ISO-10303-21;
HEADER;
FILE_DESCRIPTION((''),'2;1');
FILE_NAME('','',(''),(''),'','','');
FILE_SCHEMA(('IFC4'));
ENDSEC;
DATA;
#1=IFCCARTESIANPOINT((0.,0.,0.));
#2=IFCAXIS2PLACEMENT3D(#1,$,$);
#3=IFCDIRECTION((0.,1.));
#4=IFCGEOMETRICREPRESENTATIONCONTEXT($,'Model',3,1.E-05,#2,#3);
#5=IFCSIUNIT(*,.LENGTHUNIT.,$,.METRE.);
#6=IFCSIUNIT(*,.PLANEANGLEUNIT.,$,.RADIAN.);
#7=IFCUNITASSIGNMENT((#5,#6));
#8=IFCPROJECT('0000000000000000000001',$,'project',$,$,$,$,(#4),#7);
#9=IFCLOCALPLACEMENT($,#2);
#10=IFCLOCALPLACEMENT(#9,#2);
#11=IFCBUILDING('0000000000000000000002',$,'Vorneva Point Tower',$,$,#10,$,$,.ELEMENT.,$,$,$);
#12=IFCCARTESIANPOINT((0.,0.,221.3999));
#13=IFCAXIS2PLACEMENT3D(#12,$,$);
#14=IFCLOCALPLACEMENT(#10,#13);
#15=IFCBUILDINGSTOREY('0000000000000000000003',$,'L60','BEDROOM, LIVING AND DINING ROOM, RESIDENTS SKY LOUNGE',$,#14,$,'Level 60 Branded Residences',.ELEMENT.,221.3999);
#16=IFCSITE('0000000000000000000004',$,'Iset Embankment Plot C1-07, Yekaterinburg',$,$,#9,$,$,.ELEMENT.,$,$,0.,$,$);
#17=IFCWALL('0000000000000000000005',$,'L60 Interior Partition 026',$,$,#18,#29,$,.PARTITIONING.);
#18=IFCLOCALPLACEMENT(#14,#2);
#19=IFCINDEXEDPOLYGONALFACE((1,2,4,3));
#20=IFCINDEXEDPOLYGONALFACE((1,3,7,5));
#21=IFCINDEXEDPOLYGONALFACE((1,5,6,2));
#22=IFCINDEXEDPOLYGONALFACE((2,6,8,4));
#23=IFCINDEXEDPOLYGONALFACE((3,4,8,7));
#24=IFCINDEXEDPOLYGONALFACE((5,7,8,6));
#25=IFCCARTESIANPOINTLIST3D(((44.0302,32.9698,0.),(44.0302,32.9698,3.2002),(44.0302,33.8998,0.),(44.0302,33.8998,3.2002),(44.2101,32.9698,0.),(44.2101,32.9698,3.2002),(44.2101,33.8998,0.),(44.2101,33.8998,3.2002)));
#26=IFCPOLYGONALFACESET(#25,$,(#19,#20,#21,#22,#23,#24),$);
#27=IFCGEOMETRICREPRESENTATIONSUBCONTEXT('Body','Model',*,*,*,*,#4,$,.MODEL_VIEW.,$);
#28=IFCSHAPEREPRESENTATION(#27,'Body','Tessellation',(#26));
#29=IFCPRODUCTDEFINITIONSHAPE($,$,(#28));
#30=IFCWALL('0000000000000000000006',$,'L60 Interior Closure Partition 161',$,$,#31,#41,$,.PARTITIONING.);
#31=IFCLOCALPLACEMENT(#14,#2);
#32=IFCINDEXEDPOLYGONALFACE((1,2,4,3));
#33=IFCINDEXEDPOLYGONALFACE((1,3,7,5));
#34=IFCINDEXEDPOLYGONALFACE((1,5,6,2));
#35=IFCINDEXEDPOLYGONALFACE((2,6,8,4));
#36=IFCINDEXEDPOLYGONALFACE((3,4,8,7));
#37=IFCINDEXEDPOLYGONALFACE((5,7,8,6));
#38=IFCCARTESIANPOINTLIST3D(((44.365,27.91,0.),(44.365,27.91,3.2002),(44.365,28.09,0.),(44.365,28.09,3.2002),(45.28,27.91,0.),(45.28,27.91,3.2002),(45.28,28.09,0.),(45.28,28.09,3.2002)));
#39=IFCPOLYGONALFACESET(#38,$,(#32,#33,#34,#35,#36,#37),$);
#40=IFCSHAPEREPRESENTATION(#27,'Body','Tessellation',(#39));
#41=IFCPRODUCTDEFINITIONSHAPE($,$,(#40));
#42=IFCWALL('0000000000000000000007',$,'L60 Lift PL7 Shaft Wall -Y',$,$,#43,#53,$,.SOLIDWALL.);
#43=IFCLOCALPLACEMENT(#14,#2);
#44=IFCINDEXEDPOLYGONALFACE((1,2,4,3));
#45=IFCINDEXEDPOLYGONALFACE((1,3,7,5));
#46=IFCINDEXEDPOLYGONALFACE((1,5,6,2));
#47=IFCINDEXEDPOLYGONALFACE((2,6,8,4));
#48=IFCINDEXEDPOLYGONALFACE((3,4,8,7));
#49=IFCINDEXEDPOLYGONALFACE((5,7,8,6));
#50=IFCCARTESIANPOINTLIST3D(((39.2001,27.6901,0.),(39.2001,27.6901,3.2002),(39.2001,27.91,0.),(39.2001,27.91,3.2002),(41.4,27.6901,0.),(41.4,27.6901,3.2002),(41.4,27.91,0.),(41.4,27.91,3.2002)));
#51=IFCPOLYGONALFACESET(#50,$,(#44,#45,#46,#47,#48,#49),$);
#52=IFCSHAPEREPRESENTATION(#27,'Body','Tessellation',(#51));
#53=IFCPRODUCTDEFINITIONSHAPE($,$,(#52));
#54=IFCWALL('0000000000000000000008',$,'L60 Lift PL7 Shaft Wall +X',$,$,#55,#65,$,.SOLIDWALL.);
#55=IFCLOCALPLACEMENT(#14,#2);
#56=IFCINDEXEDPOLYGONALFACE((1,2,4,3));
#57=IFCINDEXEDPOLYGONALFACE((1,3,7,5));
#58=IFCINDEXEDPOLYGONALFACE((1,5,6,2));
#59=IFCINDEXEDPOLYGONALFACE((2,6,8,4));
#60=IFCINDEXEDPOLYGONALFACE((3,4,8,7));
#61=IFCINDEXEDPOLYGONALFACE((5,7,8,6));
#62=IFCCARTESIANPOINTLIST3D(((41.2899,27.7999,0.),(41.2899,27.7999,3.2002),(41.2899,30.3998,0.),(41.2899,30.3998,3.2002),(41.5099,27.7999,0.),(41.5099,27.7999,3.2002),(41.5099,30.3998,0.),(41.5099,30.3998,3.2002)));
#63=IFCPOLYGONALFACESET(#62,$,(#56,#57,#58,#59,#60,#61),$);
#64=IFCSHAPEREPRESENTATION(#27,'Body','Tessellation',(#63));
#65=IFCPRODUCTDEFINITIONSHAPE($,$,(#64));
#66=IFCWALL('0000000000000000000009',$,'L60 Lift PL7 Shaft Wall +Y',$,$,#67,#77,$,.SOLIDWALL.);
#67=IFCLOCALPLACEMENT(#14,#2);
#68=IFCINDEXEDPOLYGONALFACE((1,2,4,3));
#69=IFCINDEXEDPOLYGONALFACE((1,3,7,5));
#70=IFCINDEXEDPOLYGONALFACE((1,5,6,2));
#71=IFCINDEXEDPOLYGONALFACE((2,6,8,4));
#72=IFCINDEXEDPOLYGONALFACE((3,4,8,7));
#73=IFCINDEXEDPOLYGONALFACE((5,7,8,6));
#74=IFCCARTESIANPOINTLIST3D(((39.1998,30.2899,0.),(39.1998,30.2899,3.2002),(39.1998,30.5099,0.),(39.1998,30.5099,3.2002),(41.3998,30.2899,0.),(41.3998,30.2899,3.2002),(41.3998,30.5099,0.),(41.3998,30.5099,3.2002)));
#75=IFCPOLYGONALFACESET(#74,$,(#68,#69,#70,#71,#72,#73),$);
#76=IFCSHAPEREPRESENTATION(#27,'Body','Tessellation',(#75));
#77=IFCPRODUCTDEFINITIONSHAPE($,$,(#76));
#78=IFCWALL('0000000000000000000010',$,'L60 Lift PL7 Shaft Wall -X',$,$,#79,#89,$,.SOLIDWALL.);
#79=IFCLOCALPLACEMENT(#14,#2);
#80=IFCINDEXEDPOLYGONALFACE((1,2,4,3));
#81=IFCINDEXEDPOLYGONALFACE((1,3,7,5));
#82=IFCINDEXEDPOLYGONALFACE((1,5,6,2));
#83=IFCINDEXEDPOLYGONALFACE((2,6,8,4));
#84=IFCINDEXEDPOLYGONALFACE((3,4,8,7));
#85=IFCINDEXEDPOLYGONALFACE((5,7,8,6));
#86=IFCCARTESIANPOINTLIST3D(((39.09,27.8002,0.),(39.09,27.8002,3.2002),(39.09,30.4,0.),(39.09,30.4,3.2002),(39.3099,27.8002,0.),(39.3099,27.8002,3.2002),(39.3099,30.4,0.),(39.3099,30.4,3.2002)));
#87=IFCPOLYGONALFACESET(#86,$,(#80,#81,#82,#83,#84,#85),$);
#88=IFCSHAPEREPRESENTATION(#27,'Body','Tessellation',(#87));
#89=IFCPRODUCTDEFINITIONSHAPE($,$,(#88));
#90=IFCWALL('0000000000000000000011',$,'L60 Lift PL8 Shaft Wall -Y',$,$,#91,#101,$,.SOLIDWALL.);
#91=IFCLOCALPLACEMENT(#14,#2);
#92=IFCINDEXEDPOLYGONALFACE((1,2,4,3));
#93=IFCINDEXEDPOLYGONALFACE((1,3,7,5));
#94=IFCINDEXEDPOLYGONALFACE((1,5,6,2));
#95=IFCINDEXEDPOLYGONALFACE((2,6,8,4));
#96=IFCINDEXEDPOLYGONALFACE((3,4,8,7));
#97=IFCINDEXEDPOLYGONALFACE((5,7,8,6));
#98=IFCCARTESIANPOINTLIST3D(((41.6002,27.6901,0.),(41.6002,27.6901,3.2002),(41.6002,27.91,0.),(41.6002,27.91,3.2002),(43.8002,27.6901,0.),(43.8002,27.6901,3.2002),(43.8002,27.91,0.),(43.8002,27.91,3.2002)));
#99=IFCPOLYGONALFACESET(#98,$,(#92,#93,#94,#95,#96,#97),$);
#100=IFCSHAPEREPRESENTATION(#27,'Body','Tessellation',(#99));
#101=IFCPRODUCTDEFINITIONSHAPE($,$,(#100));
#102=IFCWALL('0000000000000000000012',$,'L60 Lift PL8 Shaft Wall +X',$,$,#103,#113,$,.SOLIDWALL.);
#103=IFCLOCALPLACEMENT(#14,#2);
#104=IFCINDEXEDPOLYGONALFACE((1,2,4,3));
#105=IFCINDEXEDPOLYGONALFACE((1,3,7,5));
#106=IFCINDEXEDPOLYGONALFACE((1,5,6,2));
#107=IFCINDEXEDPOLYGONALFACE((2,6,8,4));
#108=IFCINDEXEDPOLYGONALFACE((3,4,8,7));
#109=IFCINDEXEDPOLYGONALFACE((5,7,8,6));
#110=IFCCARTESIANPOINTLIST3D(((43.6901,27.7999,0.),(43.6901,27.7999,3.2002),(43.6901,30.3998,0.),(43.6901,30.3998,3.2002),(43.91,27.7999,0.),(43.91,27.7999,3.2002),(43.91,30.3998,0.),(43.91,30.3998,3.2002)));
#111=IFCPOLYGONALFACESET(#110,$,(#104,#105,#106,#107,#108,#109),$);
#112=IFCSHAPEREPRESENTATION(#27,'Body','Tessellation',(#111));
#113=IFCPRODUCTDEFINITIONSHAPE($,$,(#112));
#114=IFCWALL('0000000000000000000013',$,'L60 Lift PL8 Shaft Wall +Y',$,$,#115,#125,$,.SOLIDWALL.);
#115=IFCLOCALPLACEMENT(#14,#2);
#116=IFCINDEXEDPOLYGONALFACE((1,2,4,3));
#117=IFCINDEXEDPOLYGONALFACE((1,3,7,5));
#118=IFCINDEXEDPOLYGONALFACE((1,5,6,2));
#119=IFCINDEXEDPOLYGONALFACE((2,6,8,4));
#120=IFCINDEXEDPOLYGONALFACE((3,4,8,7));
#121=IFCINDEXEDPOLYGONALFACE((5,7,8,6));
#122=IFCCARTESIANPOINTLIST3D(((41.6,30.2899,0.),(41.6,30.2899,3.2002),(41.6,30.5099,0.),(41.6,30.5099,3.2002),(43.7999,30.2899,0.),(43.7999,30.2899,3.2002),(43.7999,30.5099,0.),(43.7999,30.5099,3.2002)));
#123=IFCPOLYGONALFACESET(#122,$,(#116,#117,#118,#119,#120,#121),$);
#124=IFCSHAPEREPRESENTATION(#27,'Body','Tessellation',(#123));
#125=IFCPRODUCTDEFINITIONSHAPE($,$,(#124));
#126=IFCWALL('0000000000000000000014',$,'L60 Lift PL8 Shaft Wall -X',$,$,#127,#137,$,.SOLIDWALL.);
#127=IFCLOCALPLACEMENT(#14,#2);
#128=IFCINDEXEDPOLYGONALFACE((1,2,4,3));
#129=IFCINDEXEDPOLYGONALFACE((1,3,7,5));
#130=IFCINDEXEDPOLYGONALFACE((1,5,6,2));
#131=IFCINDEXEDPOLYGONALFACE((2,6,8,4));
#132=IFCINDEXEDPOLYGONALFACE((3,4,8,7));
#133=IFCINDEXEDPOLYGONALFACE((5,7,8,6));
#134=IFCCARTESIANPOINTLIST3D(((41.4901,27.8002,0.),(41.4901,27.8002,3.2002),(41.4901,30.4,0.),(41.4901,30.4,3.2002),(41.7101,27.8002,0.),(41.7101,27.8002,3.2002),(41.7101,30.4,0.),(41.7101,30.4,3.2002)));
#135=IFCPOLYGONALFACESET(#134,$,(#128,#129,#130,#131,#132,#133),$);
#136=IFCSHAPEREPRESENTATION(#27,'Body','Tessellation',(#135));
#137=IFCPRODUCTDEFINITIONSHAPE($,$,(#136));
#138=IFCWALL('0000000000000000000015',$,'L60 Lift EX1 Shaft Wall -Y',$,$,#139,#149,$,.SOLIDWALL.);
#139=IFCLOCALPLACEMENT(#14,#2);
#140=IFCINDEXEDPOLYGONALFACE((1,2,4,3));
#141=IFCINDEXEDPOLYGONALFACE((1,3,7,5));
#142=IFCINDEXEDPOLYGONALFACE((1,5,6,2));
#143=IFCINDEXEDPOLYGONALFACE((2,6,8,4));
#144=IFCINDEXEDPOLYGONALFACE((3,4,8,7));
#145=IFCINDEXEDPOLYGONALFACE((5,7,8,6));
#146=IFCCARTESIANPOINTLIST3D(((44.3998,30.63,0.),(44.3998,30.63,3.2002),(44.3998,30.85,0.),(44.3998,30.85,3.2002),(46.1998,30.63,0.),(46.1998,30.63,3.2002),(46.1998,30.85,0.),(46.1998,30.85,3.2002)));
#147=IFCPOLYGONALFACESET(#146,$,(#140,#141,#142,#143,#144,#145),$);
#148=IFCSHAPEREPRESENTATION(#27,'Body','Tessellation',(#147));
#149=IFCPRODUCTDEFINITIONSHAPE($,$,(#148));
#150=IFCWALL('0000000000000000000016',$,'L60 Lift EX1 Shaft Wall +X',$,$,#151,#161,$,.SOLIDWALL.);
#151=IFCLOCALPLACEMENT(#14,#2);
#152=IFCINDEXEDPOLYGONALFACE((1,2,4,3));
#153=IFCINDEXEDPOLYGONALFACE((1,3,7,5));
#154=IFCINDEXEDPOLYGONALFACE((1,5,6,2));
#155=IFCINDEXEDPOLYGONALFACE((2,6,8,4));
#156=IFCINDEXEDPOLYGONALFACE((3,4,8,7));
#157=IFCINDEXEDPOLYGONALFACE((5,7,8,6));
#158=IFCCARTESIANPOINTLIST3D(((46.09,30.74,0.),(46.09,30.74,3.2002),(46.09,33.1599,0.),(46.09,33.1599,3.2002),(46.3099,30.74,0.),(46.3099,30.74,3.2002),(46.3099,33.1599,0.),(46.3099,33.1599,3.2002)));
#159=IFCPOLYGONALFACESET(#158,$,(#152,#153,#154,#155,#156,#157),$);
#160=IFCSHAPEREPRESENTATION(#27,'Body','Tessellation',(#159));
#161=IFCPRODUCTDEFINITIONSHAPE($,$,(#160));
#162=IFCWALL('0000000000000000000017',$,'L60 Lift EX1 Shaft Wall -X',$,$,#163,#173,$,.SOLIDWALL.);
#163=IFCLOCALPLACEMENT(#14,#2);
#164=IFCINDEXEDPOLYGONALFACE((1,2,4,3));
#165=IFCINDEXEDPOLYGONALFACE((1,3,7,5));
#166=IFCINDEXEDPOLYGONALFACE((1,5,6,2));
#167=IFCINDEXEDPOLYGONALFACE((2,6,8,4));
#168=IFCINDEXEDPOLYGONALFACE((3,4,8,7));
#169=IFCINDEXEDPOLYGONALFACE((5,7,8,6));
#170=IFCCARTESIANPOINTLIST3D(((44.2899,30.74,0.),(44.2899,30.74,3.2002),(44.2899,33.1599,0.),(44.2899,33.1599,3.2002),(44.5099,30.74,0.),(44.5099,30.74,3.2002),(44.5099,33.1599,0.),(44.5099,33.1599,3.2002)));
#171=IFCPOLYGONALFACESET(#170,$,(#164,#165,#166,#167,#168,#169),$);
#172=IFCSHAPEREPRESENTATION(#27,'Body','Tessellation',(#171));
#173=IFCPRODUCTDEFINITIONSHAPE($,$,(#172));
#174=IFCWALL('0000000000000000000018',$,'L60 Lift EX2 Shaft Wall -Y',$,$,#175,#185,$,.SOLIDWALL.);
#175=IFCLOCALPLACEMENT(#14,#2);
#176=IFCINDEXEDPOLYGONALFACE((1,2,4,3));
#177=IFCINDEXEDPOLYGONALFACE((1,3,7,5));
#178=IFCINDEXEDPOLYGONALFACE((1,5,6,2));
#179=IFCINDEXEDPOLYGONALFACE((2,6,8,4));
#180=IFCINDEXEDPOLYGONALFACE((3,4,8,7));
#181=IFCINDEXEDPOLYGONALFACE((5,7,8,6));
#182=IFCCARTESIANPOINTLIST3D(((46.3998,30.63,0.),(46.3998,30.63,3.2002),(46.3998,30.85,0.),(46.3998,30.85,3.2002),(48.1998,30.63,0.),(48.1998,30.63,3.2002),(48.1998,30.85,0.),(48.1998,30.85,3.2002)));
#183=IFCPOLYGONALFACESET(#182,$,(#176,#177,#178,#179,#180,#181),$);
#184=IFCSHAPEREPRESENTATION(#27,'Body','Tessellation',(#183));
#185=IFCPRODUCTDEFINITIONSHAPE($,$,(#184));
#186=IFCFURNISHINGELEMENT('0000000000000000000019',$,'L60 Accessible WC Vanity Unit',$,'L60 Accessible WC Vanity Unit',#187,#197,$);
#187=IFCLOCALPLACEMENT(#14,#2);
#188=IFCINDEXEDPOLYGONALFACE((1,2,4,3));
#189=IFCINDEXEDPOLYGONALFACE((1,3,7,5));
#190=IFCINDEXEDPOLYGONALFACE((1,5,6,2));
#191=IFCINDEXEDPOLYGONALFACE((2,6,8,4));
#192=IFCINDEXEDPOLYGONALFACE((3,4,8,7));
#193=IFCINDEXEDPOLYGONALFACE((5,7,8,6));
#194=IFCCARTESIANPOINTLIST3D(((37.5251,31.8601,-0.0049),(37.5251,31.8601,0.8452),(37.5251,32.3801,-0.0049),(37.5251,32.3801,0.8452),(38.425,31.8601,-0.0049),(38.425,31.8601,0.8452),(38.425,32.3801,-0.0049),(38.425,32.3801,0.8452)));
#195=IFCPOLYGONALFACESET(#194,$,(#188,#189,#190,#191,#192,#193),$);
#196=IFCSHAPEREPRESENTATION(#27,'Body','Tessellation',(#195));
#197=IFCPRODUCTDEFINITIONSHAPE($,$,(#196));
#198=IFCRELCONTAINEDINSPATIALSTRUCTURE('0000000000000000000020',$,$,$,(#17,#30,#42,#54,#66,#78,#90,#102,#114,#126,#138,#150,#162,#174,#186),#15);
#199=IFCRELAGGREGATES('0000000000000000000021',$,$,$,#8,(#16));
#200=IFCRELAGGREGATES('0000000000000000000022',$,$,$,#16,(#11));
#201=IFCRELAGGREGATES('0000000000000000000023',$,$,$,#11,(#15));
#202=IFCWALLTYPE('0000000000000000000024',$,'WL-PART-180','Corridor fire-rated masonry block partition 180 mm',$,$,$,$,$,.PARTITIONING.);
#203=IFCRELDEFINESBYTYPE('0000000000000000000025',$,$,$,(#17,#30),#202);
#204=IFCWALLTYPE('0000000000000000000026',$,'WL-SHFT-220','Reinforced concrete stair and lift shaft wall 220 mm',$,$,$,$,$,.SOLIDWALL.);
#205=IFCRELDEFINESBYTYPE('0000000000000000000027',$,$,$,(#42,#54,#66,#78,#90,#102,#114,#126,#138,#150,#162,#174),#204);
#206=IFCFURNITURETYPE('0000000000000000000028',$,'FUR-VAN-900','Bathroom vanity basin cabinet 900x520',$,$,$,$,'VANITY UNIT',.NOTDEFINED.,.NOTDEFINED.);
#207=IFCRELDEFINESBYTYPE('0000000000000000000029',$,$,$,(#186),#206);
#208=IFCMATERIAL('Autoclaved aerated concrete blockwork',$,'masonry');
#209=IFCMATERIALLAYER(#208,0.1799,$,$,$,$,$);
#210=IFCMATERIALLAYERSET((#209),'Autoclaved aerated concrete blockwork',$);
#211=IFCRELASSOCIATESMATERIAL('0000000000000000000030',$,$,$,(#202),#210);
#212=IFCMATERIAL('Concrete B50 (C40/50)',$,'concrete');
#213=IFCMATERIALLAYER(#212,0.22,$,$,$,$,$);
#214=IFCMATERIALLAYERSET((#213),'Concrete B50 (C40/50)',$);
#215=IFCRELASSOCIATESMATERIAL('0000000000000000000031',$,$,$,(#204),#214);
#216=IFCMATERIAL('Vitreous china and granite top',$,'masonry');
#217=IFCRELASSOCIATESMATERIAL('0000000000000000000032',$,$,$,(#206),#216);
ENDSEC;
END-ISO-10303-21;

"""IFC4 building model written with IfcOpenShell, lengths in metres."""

from ifc_helpers import new_model, si_unit, direction, frame, frame_2d, origin, origin_2d, place, context, subcontext, project, spatial, rectangle, extrude, material, layer, layer_set, type_object, element, save


model = new_model("IFC4")

# Units and contexts
model_context = context("Model", 3, precision=1e-05, world=origin(), true_north=direction((0.0, 1.0)))
body_context = subcontext(model_context, "Body", "Model", "MODEL_VIEW")
ifc_project = project(units=[si_unit("LENGTHUNIT", "METRE"), si_unit("PLANEANGLEUNIT", "RADIAN")], contexts=[model_context])

# Site, building, storey
site_placement = place(None, origin())
site = spatial("IfcSite", under=ifc_project, at=site_placement, Name="Iset Embankment Plot C1-07, Yekaterinburg", CompositionType="ELEMENT", RefElevation=0.0)
building_placement = place(site_placement, origin())
building = spatial("IfcBuilding", under=site, at=building_placement, Name="Vorneva Point Tower", CompositionType="ELEMENT")
storey_placement = place(building_placement, frame((0.0, 0.0, 221.3999)))
storey = spatial("IfcBuildingStorey", under=building, at=storey_placement, Name="L60", Description="BEDROOM, LIVING AND DINING ROOM, RESIDENTS SKY LOUNGE", LongName="Level 60 Branded Residences", CompositionType="ELEMENT", Elevation=221.3999)

# Shared definitions
ifc_material_1 = material(Name="Concrete B50 (C40/50)", Category="concrete")

# Shared definitions
ifc_material_2 = material(Name="Autoclaved aerated concrete blockwork", Category="masonry")
ifc_layer_1 = layer(ifc_material_2, 0.1799)
ifc_layer_set_1 = layer_set([ifc_layer_1], Name="Autoclaved aerated concrete blockwork")
wall_type_1 = type_object("IfcWallType", Name="WL-PART-180", Description="Corridor fire-rated masonry block partition 180 mm", PredefinedType="PARTITIONING", material=ifc_layer_set_1)

# Walls
wall_1_placement = place(storey_placement, frame((44.1201, 32.97, 0.0), z_axis=(0.0, 0.0, 1.0), x_axis=(0.0, 1.0, 0.0)))
element("IfcWall", 1, at=wall_1_placement, inside=storey, type_object=wall_type_1, Name="L60 Interior Partition 026", PredefinedType="PARTITIONING", context=body_context, shape_type="SweptSolid", body=[
    extrude(rectangle(XDim=0.9299, YDim=0.1799, at=frame_2d((0.4648, 0.0))), origin(), (0.0, 0.0, 1.0), 3.2002),
])
wall_2_placement = place(storey_placement, frame((45.28, 28.0, 0.0), z_axis=(0.0, 0.0, 1.0), x_axis=(-1.0, 0.0, 0.0)))
element("IfcWall", 2, at=wall_2_placement, inside=storey, type_object=wall_type_1, Name="L60 Interior Closure Partition 161", PredefinedType="PARTITIONING", context=body_context, shape_type="SweptSolid", body=[
    extrude(rectangle(XDim=0.915, YDim=0.1799, at=frame_2d((0.4575, 0.0))), origin(), (0.0, 0.0, 1.0), 3.2002),
])
ifc_layer_2 = layer(ifc_material_1, 0.22)
ifc_layer_set_2 = layer_set([ifc_layer_2], Name="Concrete B50 (C40/50)")
wall_type_2 = type_object("IfcWallType", Name="WL-SHFT-220", Description="Reinforced concrete stair and lift shaft wall 220 mm", PredefinedType="SOLIDWALL", material=ifc_layer_set_2)
wall_3_placement = place(storey_placement, frame((39.2, 27.8, 0.0), z_axis=(0.0, 0.0, 1.0), x_axis=(1.0, 0.0, 0.0)))
element("IfcWall", 3, at=wall_3_placement, inside=storey, type_object=wall_type_2, Name="L60 Lift PL7 Shaft Wall -Y", PredefinedType="SOLIDWALL", context=body_context, shape_type="SweptSolid", body=[
    extrude(rectangle(XDim=2.2, YDim=0.22, at=frame_2d((1.1001, 0.0))), origin(), (0.0, 0.0, 1.0), 3.2002),
])
wall_4_placement = place(storey_placement, frame((41.3999, 27.8, 0.0), z_axis=(0.0, 0.0, 1.0), x_axis=(0.0, 1.0, 0.0)))
element("IfcWall", 4, at=wall_4_placement, inside=storey, type_object=wall_type_2, Name="L60 Lift PL7 Shaft Wall +X", PredefinedType="SOLIDWALL", context=body_context, shape_type="SweptSolid", body=[
    extrude(rectangle(XDim=2.5999, YDim=0.22, at=frame_2d((1.2998, 0.0))), origin(), (0.0, 0.0, 1.0), 3.2002),
])
wall_5_placement = place(storey_placement, frame((41.3999, 30.3999, 0.0), z_axis=(0.0, 0.0, 1.0), x_axis=(-1.0, 0.0, 0.0)))
element("IfcWall", 5, at=wall_5_placement, inside=storey, type_object=wall_type_2, Name="L60 Lift PL7 Shaft Wall +Y", PredefinedType="SOLIDWALL", context=body_context, shape_type="SweptSolid", body=[
    extrude(rectangle(XDim=2.2, YDim=0.22, at=frame_2d((1.1001, 0.0))), origin(), (0.0, 0.0, 1.0), 3.2002),
])
wall_6_placement = place(storey_placement, frame((39.2, 30.3999, 0.0), z_axis=(0.0, 0.0, 1.0), x_axis=(0.0, -1.0, 0.0)))
element("IfcWall", 6, at=wall_6_placement, inside=storey, type_object=wall_type_2, Name="L60 Lift PL7 Shaft Wall -X", PredefinedType="SOLIDWALL", context=body_context, shape_type="SweptSolid", body=[
    extrude(rectangle(XDim=2.5999, YDim=0.22, at=frame_2d((1.2998, 0.0))), origin(), (0.0, 0.0, 1.0), 3.2002),
])
wall_7_placement = place(storey_placement, frame((41.6001, 27.8, 0.0), z_axis=(0.0, 0.0, 1.0), x_axis=(1.0, 0.0, 0.0)))
element("IfcWall", 7, at=wall_7_placement, inside=storey, type_object=wall_type_2, Name="L60 Lift PL8 Shaft Wall -Y", PredefinedType="SOLIDWALL", context=body_context, shape_type="SweptSolid", body=[
    extrude(rectangle(XDim=2.2, YDim=0.22, at=frame_2d((1.1001, 0.0))), origin(), (0.0, 0.0, 1.0), 3.2002),
])
wall_8_placement = place(storey_placement, frame((43.8, 27.8, 0.0), z_axis=(0.0, 0.0, 1.0), x_axis=(0.0, 1.0, 0.0)))
element("IfcWall", 8, at=wall_8_placement, inside=storey, type_object=wall_type_2, Name="L60 Lift PL8 Shaft Wall +X", PredefinedType="SOLIDWALL", context=body_context, shape_type="SweptSolid", body=[
    extrude(rectangle(XDim=2.5999, YDim=0.22, at=frame_2d((1.2998, 0.0))), origin(), (0.0, 0.0, 1.0), 3.2002),
])
wall_9_placement = place(storey_placement, frame((43.8, 30.3999, 0.0), z_axis=(0.0, 0.0, 1.0), x_axis=(-1.0, 0.0, 0.0)))
element("IfcWall", 9, at=wall_9_placement, inside=storey, type_object=wall_type_2, Name="L60 Lift PL8 Shaft Wall +Y", PredefinedType="SOLIDWALL", context=body_context, shape_type="SweptSolid", body=[
    extrude(rectangle(XDim=2.2, YDim=0.22, at=frame_2d((1.1001, 0.0))), origin(), (0.0, 0.0, 1.0), 3.2002),
])
wall_10_placement = place(storey_placement, frame((41.6001, 30.3999, 0.0), z_axis=(0.0, 0.0, 1.0), x_axis=(0.0, -1.0, 0.0)))
element("IfcWall", 10, at=wall_10_placement, inside=storey, type_object=wall_type_2, Name="L60 Lift PL8 Shaft Wall -X", PredefinedType="SOLIDWALL", context=body_context, shape_type="SweptSolid", body=[
    extrude(rectangle(XDim=2.5999, YDim=0.22, at=frame_2d((1.2998, 0.0))), origin(), (0.0, 0.0, 1.0), 3.2002),
])
wall_11_placement = place(storey_placement, frame((44.3999, 30.74, 0.0), z_axis=(0.0, 0.0, 1.0), x_axis=(1.0, 0.0, 0.0)))
element("IfcWall", 11, at=wall_11_placement, inside=storey, type_object=wall_type_2, Name="L60 Lift EX1 Shaft Wall -Y", PredefinedType="SOLIDWALL", context=body_context, shape_type="SweptSolid", body=[
    extrude(rectangle(XDim=1.8, YDim=0.22, at=frame_2d((0.8999, 0.0))), origin(), (0.0, 0.0, 1.0), 3.2002),
])
for number, where, z_axis, x_axis, name in (
    (12, (46.2, 30.74, 0.0), (0.0, 0.0, 1.0), (0.0, 1.0, 0.0), "L60 Lift EX1 Shaft Wall +X"),
    (13, (44.3999, 33.1599, 0.0), (0.0, 0.0, 1.0), (0.0, -1.0, 0.0), "L60 Lift EX1 Shaft Wall -X"),
):
    element("IfcWall", number, at=place(storey_placement, frame(where, z_axis=z_axis, x_axis=x_axis)), inside=storey, type_object=wall_type_2, Name=name, PredefinedType="SOLIDWALL", context=body_context, shape_type="SweptSolid", body=[
        extrude(rectangle(XDim=2.4199, YDim=0.22, at=frame_2d((1.21, 0.0))), origin(), (0.0, 0.0, 1.0), 3.2002),
    ])
wall_12_placement = place(storey_placement, frame((46.3999, 30.74, 0.0), z_axis=(0.0, 0.0, 1.0), x_axis=(1.0, 0.0, 0.0)))
element("IfcWall", 14, at=wall_12_placement, inside=storey, type_object=wall_type_2, Name="L60 Lift EX2 Shaft Wall -Y", PredefinedType="SOLIDWALL", context=body_context, shape_type="SweptSolid", body=[
    extrude(rectangle(XDim=1.8, YDim=0.22, at=frame_2d((0.8999, 0.0))), origin(), (0.0, 0.0, 1.0), 3.2002),
])

# Furnishing element
ifc_material_3 = material(Name="Vitreous china and granite top", Category="masonry")
furniture_type = type_object("IfcFurnitureType", Name="FUR-VAN-900", Description="Bathroom vanity basin cabinet 900x520", ElementType="VANITY UNIT", AssemblyPlace="NOTDEFINED", PredefinedType="NOTDEFINED", material=ifc_material_3)
furnishing_placement = place(storey_placement, frame((37.9751, 32.1201, -0.0049), z_axis=(0.0, 0.0, 1.0), x_axis=(1.0, 0.0, 0.0)))
element("IfcFurnishingElement", 15, at=furnishing_placement, inside=storey, type_object=furniture_type, Name="L60 Accessible WC Vanity Unit", ObjectType="L60 Accessible WC Vanity Unit", context=body_context, shape_type="SweptSolid", body=[
    extrude(rectangle(XDim=0.8999, YDim=0.52, at=origin_2d()), origin(), (0.0, 0.0, 1.0), 0.8501),
])

save(model, "model.ifc")
